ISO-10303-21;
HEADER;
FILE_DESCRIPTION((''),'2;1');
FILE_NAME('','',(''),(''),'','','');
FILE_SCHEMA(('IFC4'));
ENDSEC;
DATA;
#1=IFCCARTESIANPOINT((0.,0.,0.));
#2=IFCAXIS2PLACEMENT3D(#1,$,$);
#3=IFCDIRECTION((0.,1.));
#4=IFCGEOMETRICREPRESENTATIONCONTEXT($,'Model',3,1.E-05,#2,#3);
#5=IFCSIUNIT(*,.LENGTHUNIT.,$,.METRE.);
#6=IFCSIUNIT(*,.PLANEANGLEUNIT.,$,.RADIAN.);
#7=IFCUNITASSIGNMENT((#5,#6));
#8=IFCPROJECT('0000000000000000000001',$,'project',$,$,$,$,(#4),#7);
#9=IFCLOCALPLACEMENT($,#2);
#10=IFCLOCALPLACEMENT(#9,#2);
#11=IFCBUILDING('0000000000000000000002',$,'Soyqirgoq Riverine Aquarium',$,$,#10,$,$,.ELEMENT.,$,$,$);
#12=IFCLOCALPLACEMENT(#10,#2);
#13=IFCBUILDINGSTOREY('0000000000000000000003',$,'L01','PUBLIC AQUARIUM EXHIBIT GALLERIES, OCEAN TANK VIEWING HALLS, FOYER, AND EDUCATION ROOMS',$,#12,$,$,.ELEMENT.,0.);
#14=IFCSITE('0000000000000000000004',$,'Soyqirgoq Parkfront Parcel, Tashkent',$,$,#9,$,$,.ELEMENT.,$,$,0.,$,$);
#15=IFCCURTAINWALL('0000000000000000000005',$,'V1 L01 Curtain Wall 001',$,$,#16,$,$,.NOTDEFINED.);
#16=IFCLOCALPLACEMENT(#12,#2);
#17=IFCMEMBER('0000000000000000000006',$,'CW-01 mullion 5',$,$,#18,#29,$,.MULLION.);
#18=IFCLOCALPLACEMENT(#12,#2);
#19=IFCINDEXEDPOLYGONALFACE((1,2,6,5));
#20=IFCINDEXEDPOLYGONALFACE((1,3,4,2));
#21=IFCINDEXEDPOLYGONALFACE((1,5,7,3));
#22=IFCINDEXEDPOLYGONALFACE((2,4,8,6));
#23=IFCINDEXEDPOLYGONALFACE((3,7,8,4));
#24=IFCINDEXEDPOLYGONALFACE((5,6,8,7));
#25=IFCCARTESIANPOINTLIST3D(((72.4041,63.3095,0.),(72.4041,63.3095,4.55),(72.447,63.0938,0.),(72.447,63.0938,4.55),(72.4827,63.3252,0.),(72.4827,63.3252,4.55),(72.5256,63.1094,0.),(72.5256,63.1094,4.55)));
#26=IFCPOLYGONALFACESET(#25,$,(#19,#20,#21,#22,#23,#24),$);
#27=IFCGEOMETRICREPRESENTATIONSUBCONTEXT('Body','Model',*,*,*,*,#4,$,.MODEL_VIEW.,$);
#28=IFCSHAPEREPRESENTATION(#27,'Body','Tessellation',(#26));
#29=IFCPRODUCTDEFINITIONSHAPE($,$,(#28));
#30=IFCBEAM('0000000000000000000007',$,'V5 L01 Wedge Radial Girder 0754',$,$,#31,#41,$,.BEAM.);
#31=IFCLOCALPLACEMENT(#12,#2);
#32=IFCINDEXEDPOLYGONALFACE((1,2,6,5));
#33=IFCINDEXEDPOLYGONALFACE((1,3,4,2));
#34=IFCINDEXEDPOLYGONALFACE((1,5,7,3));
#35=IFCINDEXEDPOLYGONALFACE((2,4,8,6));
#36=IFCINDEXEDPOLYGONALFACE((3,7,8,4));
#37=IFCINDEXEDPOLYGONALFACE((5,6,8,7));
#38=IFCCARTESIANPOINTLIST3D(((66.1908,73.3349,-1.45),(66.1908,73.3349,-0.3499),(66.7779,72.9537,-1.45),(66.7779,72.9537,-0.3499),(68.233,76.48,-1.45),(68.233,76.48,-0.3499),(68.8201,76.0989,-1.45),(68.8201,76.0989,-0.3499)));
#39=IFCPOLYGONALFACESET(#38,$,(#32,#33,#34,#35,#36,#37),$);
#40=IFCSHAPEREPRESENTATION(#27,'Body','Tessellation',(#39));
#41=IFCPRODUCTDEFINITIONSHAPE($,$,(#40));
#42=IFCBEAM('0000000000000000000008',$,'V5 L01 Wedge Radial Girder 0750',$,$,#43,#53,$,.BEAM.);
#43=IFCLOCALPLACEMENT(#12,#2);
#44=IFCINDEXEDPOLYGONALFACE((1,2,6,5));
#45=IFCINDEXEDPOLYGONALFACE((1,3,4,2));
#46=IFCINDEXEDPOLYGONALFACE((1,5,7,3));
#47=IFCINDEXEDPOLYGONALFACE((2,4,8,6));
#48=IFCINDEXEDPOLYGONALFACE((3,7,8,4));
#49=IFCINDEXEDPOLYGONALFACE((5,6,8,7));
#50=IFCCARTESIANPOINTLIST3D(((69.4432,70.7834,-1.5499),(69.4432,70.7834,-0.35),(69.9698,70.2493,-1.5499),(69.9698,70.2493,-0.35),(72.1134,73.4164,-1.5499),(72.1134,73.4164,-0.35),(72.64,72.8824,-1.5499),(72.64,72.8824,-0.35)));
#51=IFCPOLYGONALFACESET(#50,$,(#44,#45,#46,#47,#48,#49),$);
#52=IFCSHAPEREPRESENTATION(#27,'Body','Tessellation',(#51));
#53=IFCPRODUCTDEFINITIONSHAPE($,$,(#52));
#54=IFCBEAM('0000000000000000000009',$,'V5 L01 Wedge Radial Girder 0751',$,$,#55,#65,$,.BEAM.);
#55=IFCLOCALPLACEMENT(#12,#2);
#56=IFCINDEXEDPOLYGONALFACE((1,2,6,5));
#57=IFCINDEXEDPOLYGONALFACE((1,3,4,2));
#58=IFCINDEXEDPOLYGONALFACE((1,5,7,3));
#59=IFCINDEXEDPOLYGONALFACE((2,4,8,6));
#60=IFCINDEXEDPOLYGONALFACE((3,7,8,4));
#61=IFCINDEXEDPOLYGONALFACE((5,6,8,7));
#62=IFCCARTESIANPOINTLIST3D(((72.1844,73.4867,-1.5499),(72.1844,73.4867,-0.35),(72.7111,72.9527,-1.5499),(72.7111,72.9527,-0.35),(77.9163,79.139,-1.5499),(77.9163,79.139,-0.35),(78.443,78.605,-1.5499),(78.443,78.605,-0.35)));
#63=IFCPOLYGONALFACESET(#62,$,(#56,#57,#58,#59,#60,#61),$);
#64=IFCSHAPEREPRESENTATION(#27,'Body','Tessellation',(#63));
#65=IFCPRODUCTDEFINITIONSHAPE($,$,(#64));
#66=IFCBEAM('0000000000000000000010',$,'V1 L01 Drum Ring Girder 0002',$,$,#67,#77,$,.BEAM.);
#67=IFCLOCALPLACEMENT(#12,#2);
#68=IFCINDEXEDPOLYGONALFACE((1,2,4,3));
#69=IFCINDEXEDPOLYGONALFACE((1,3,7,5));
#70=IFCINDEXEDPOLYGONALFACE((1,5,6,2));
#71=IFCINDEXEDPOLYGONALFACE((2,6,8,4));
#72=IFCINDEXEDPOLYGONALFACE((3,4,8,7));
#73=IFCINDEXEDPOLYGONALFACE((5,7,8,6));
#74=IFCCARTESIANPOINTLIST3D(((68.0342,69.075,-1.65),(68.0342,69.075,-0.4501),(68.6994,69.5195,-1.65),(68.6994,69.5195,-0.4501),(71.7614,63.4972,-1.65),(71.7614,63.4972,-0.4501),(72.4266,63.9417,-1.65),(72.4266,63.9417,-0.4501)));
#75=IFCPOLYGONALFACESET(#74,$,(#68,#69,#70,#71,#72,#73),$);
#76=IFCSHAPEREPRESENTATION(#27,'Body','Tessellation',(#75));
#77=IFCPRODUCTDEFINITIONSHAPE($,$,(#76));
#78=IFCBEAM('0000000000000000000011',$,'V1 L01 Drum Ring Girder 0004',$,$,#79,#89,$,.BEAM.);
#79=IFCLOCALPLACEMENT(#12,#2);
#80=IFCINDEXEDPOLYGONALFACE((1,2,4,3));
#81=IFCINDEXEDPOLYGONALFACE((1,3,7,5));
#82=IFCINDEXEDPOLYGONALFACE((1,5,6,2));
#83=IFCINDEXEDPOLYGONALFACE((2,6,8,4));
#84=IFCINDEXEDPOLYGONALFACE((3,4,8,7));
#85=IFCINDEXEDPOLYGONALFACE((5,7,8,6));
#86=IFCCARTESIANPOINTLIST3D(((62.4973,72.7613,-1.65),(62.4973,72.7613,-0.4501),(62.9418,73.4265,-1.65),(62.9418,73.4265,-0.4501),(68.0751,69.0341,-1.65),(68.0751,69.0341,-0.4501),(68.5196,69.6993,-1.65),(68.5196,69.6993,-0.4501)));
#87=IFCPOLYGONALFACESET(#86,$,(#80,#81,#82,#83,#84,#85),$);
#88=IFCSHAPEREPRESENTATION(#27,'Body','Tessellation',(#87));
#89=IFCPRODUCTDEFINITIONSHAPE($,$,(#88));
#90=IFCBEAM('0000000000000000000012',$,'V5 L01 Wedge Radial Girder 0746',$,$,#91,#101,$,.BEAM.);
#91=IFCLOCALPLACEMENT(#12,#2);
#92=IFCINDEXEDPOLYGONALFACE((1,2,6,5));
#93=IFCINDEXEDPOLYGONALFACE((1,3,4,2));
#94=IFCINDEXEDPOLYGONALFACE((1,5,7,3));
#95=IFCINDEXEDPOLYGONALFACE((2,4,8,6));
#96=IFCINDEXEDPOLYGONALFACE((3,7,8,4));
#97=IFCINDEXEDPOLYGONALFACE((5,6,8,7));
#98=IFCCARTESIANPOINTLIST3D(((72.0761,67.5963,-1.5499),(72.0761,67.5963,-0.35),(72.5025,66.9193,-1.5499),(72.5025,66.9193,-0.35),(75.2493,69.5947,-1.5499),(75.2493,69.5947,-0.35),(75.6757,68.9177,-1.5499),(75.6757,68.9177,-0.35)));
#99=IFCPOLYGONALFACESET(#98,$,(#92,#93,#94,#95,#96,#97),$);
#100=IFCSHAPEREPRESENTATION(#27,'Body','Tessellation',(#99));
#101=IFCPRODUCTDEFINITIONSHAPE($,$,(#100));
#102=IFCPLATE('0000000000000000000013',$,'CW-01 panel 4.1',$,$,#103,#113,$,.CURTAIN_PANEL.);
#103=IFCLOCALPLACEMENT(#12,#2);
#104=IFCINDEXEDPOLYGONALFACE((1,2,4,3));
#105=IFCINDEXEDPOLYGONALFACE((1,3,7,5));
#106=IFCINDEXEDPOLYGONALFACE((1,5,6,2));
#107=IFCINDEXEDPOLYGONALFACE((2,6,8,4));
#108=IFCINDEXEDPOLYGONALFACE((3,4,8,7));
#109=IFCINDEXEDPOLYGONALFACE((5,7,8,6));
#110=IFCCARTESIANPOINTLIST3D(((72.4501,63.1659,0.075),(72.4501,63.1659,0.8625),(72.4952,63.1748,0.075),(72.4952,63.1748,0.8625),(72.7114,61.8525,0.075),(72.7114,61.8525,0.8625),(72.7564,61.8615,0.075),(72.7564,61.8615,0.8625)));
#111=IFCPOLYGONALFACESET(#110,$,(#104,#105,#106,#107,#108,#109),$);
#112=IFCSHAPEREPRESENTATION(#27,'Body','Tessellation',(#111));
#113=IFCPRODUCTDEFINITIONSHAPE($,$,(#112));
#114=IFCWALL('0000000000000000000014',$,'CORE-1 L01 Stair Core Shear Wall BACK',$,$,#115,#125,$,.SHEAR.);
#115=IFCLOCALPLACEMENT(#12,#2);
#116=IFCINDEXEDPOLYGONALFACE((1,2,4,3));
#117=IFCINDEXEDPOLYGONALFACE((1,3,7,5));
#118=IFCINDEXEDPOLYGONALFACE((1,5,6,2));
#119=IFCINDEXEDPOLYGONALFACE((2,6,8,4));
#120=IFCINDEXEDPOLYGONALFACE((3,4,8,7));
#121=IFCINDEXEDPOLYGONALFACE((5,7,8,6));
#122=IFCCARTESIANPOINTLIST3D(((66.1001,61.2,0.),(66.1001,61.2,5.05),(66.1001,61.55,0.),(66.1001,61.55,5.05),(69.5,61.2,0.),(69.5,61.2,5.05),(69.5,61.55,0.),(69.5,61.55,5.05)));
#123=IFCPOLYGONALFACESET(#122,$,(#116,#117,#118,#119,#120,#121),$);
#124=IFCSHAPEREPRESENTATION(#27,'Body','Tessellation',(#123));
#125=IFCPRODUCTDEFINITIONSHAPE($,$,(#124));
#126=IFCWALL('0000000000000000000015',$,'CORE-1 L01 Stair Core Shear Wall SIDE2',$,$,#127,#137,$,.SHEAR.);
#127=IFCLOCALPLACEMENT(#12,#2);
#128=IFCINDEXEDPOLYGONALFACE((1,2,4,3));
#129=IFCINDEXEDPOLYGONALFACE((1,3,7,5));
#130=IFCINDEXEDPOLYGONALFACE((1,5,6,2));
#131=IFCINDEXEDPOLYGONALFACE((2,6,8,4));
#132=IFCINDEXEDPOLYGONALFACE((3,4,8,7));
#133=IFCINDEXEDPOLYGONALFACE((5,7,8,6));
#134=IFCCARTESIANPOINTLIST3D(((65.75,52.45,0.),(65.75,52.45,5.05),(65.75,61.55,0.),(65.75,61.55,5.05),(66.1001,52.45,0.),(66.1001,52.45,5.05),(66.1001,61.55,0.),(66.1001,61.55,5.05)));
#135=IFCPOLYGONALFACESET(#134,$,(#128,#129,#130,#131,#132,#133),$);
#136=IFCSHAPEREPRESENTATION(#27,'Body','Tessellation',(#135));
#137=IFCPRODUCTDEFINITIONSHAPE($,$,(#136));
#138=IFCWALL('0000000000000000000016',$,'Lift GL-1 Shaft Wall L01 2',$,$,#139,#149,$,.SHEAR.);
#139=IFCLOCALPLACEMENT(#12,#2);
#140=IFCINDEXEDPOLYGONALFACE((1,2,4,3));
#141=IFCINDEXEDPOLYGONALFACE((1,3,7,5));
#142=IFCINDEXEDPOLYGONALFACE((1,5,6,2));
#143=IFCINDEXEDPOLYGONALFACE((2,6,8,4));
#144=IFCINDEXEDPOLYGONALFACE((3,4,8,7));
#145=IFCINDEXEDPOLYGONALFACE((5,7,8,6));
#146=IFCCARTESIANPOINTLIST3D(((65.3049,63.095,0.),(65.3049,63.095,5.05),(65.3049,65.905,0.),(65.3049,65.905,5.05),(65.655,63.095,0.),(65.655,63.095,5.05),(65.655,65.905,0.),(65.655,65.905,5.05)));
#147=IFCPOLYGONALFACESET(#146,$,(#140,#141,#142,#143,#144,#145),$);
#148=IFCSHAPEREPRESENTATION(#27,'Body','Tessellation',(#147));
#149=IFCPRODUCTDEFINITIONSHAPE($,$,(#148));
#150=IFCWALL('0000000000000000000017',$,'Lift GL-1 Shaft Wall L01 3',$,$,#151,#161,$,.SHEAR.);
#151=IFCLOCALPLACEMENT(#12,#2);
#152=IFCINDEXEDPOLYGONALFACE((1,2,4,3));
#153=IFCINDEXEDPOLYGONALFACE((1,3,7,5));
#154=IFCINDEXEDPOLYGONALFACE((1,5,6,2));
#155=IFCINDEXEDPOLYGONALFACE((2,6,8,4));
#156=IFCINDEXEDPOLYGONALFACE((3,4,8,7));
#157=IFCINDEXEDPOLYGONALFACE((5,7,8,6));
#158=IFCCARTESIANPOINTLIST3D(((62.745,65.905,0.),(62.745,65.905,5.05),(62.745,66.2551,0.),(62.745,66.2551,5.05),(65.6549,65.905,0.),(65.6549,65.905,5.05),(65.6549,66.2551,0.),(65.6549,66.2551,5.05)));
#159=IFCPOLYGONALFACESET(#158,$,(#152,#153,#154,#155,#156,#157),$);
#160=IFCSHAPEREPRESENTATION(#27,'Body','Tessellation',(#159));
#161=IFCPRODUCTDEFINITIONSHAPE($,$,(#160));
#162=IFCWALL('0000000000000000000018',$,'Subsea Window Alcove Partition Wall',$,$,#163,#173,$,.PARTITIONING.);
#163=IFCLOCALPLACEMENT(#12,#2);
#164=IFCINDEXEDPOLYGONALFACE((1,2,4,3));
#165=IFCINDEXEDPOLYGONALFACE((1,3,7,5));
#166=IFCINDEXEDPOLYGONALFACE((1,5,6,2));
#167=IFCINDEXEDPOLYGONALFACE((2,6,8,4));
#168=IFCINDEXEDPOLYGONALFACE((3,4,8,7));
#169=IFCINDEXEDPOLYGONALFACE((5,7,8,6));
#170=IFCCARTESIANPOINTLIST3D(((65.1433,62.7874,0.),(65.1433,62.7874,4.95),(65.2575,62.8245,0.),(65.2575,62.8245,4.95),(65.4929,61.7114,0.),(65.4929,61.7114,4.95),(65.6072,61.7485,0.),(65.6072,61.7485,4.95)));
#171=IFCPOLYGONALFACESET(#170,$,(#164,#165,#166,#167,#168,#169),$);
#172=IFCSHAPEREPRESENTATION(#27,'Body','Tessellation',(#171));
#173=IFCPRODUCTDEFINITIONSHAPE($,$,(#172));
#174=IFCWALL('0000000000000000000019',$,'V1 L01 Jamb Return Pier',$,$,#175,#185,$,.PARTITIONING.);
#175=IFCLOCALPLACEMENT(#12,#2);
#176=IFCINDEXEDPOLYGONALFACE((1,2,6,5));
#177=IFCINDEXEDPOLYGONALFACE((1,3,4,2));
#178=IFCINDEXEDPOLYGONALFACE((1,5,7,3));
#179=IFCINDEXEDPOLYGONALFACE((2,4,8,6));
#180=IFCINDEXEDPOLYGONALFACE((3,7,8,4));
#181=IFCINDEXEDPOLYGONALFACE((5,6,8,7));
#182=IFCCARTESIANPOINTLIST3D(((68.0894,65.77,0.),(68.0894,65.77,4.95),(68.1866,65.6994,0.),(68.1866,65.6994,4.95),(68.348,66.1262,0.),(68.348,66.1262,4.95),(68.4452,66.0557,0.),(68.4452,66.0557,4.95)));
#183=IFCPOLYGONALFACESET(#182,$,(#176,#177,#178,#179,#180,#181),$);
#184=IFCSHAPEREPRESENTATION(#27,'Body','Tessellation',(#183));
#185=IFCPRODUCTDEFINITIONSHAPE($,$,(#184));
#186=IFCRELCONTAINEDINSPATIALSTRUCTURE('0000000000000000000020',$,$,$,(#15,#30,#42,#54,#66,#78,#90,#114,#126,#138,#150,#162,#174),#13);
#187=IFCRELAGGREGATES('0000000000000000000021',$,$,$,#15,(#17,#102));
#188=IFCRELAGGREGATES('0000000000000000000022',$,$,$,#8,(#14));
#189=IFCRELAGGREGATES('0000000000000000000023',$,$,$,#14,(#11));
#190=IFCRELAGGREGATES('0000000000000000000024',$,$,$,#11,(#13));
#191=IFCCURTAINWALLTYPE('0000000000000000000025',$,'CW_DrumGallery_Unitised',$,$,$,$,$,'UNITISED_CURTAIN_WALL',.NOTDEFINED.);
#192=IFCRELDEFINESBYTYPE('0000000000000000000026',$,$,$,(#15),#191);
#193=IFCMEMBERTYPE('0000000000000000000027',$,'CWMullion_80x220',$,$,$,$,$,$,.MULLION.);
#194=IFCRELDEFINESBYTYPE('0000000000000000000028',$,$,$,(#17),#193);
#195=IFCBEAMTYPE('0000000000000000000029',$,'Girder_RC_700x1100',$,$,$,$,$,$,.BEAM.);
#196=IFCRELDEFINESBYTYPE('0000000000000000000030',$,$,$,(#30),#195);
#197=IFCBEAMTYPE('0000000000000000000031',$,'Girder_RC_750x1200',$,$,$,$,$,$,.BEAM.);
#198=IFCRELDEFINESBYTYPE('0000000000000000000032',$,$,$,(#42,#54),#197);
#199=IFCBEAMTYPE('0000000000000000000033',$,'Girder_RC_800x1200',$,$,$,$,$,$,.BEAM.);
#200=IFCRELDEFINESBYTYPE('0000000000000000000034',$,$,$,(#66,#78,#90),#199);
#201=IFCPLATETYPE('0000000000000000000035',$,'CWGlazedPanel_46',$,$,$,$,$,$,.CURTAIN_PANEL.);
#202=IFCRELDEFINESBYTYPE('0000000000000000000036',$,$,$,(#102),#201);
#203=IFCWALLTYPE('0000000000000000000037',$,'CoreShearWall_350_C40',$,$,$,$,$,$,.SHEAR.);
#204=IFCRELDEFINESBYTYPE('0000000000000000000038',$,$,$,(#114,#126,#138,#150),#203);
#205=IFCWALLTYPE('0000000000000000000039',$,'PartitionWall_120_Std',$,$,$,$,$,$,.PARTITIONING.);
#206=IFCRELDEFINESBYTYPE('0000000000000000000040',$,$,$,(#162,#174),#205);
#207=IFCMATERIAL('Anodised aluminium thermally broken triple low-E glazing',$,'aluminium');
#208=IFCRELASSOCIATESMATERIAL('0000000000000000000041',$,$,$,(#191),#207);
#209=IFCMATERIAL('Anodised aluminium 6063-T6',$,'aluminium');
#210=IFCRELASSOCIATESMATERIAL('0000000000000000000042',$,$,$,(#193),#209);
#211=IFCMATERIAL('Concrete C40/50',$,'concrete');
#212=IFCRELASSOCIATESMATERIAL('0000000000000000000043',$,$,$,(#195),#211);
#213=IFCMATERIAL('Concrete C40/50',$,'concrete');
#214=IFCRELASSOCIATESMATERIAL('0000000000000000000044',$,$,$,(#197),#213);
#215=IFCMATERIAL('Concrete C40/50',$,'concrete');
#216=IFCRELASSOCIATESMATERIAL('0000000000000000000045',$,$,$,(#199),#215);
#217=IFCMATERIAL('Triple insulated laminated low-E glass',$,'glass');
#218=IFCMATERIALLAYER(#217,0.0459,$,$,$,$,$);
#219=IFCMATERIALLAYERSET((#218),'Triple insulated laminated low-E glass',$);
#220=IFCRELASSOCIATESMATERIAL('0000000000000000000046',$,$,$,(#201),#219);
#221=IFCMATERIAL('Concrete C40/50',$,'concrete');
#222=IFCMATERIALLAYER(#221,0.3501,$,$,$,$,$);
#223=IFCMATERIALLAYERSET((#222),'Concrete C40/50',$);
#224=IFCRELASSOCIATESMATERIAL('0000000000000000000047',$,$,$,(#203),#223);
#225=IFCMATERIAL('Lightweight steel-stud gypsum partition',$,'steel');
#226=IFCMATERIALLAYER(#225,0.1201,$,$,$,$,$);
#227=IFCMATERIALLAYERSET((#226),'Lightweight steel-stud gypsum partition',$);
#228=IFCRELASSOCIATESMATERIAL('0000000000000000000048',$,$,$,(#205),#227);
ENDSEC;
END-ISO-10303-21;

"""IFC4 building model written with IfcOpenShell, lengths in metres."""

from ifc_helpers import new_model, si_unit, direction, frame, frame_2d, origin, origin_2d, place, context, subcontext, project, spatial, rectangle, extrude, material, layer, layer_set, material_profile, profile_set, type_object, element, aggregate, save


model = new_model("IFC4")

# Units and contexts
model_context = context("Model", 3, precision=1e-05, world=origin(), true_north=direction((0.0, 1.0)))
body_context = subcontext(model_context, "Body", "Model", "MODEL_VIEW")
ifc_project = project(units=[si_unit("LENGTHUNIT", "METRE"), si_unit("PLANEANGLEUNIT", "RADIAN")], contexts=[model_context])

# Site, building, storey
site_placement = place(None, origin())
site = spatial("IfcSite", under=ifc_project, at=site_placement, Name="Soyqirgoq Parkfront Parcel, Tashkent", CompositionType="ELEMENT", RefElevation=0.0)
building_placement = place(site_placement, origin())
building = spatial("IfcBuilding", under=site, at=building_placement, Name="Soyqirgoq Riverine Aquarium", CompositionType="ELEMENT")
storey_placement = place(building_placement, origin())
storey = spatial("IfcBuildingStorey", under=building, at=storey_placement, Name="L01", Description="PUBLIC AQUARIUM EXHIBIT GALLERIES, OCEAN TANK VIEWING HALLS, FOYER, AND EDUCATION ROOMS", CompositionType="ELEMENT", Elevation=0.0)

# Curtain wall, member
ifc_material_1 = material(Name="Anodised aluminium thermally broken triple low-E glazing", Category="aluminium")
curtain_wall_type = type_object("IfcCurtainWallType", Name="CW_DrumGallery_Unitised", ElementType="UNITISED_CURTAIN_WALL", PredefinedType="NOTDEFINED", material=ifc_material_1)
curtain_wall_placement = place(storey_placement, origin())
curtain_wall = element("IfcCurtainWall", 1, at=curtain_wall_placement, inside=storey, type_object=curtain_wall_type, Name="V1 L01 Curtain Wall 001", PredefinedType="NOTDEFINED")
ifc_material_2 = material(Name="Anodised aluminium 6063-T6", Category="aluminium")
ifc_material_profile_1 = material_profile(ifc_material_2, rectangle(XDim=0.0801, YDim=0.22, at=origin_2d()), Name="ALU-M 80x220")
ifc_profile_set_1 = profile_set([ifc_material_profile_1], Name="Anodised aluminium 6063-T6")
member_type = type_object("IfcMemberType", Name="CWMullion_80x220", PredefinedType="MULLION", material=ifc_profile_set_1)
member_placement = place(storey_placement, frame((72.4648, 63.2095, 0.0), z_axis=(0.0, 0.0, 1.0), x_axis=(-0.980788, -0.195075, 0.0)))
member = element("IfcMember", 2, at=member_placement, type_object=member_type, Name="CW-01 mullion 5", PredefinedType="MULLION", context=body_context, shape_type="SweptSolid", body=[
    extrude(rectangle(XDim=0.0801, YDim=0.22, at=origin_2d()), origin(), (0.0, 0.0, 1.0), 4.55),
])

# Beams
ifc_material_3 = material(Name="Concrete C40/50", Category="concrete")
ifc_material_profile_2 = material_profile(ifc_material_3, rectangle(XDim=0.7, YDim=1.1001, at=origin_2d()), Name="RC 700x1100")
ifc_profile_set_2 = profile_set([ifc_material_profile_2], Name="Concrete C40/50")
beam_type_1 = type_object("IfcBeamType", Name="Girder_RC_700x1100", PredefinedType="BEAM", material=ifc_profile_set_2)
beam_1_placement = place(storey_placement, frame((66.4844, 73.1443, -0.8999), z_axis=(0.544579, 0.83871, 0.0), x_axis=(-0.83871, 0.544579, 0.0)))
element("IfcBeam", 3, at=beam_1_placement, inside=storey, type_object=beam_type_1, Name="V5 L01 Wedge Radial Girder 0754", PredefinedType="BEAM", context=body_context, shape_type="SweptSolid", body=[
    extrude(rectangle(XDim=0.7, YDim=1.1001, at=origin_2d()), origin(), (0.0, 0.0, 1.0), 3.75),
])
ifc_material_4 = material(Name="Concrete C40/50", Category="concrete")
ifc_material_profile_3 = material_profile(ifc_material_4, rectangle(XDim=0.75, YDim=1.2, at=origin_2d()), Name="RC 750x1200")
ifc_profile_set_3 = profile_set([ifc_material_profile_3], Name="Concrete C40/50")
beam_type_2 = type_object("IfcBeamType", Name="Girder_RC_750x1200", PredefinedType="BEAM", material=ifc_profile_set_3)
beam_2_placement = place(storey_placement, frame((69.7065, 70.5164, -0.95), z_axis=(0.712037, 0.702142, 0.0), x_axis=(-0.702142, 0.712037, 0.0)))
element("IfcBeam", 4, at=beam_2_placement, inside=storey, type_object=beam_type_2, Name="V5 L01 Wedge Radial Girder 0750", PredefinedType="BEAM", context=body_context, shape_type="SweptSolid", body=[
    extrude(rectangle(XDim=0.75, YDim=1.2, at=origin_2d()), origin(), (0.0, 0.0, 1.0), 3.75),
])
beam_3_placement = place(storey_placement, frame((72.4478, 73.2197, -0.95), z_axis=(0.712033, 0.702146, 0.0), x_axis=(-0.702146, 0.712033, 0.0)))
element("IfcBeam", 5, at=beam_3_placement, inside=storey, type_object=beam_type_2, Name="V5 L01 Wedge Radial Girder 0751", PredefinedType="BEAM", context=body_context, shape_type="SweptSolid", body=[
    extrude(rectangle(XDim=0.75, YDim=1.2, at=origin_2d()), origin(), (0.0, 0.0, 1.0), 8.05),
])
ifc_material_5 = material(Name="Concrete C40/50", Category="concrete")
ifc_material_profile_4 = material_profile(ifc_material_5, rectangle(XDim=0.8, YDim=1.2, at=origin_2d()), Name="RC 800x1200")
ifc_profile_set_4 = profile_set([ifc_material_profile_4], Name="Concrete C40/50")
beam_type_3 = type_object("IfcBeamType", Name="Girder_RC_800x1200", PredefinedType="BEAM", material=ifc_profile_set_4)
for number, where, z_axis, x_axis, name in (
    (6, (72.094, 63.7195, -1.05), (-0.555598, 0.831451, 0.0), (-0.831451, -0.555598, 0.0), "V1 L01 Drum Ring Girder 0002"),
    (7, (68.2974, 69.3667, -1.05), (-0.831451, 0.555598, 0.0), (-0.555598, -0.831451, 0.0), "V1 L01 Drum Ring Girder 0004"),
):
    element("IfcBeam", number, at=place(storey_placement, frame(where, z_axis=z_axis, x_axis=x_axis)), inside=storey, type_object=beam_type_3, Name=name, PredefinedType="BEAM", context=body_context, shape_type="SweptSolid", body=[
        extrude(rectangle(XDim=0.8, YDim=1.2, at=origin_2d()), origin(), (0.0, 0.0, 1.0), 6.7085),
    ])
beam_4_placement = place(storey_placement, frame((72.2893, 67.2578, -0.95), z_axis=(0.846183, 0.532893, 0.0), x_axis=(-0.532893, 0.846183, 0.0)))
element("IfcBeam", 8, at=beam_4_placement, inside=storey, type_object=beam_type_3, Name="V5 L01 Wedge Radial Girder 0746", PredefinedType="BEAM", context=body_context, shape_type="SweptSolid", body=[
    extrude(rectangle(XDim=0.8, YDim=1.2, at=origin_2d()), origin(), (0.0, 0.0, 1.0), 3.75),
])

# Plate
ifc_material_6 = material(Name="Triple insulated laminated low-E glass", Category="glass")
ifc_layer_1 = layer(ifc_material_6, 0.0459)
ifc_layer_set_1 = layer_set([ifc_layer_1], Name="Triple insulated laminated low-E glass")
plate_type = type_object("IfcPlateType", Name="CWGlazedPanel_46", PredefinedType="CURTAIN_PANEL", material=ifc_layer_set_1)
plate_placement = place(storey_placement, frame((72.6033, 62.5137, 0.075), z_axis=(0.0, 0.0, 1.0), x_axis=(-0.195075, 0.980788, 0.0)))
plate = element("IfcPlate", 9, at=plate_placement, type_object=plate_type, Name="CW-01 panel 4.1", PredefinedType="CURTAIN_PANEL", context=body_context, shape_type="SweptSolid", body=[
    extrude(rectangle(XDim=1.3391, YDim=0.0459, at=origin_2d()), origin(), (0.0, 0.0, 1.0), 0.7876),
])
aggregate(curtain_wall, [member, plate])

# Walls
ifc_material_7 = material(Name="Concrete C40/50", Category="concrete")
ifc_layer_2 = layer(ifc_material_7, 0.3501)
ifc_layer_set_2 = layer_set([ifc_layer_2], Name="Concrete C40/50")
wall_type_1 = type_object("IfcWallType", Name="CoreShearWall_350_C40", PredefinedType="SHEAR", material=ifc_layer_set_2)
wall_1_placement = place(storey_placement, frame((69.5, 61.375, 0.0), z_axis=(0.0, 0.0, 1.0), x_axis=(-1.0, 0.0, 0.0)))
element("IfcWall", 10, at=wall_1_placement, inside=storey, type_object=wall_type_1, Name="CORE-1 L01 Stair Core Shear Wall BACK", PredefinedType="SHEAR", context=body_context, shape_type="SweptSolid", body=[
    extrude(rectangle(XDim=3.3999, YDim=0.3501, at=frame_2d((1.7, 0.0))), origin(), (0.0, 0.0, 1.0), 5.05),
])
wall_2_placement = place(storey_placement, frame((65.925, 61.55, 0.0), z_axis=(0.0, 0.0, 1.0), x_axis=(0.0, -1.0, 0.0)))
element("IfcWall", 11, at=wall_2_placement, inside=storey, type_object=wall_type_1, Name="CORE-1 L01 Stair Core Shear Wall SIDE2", PredefinedType="SHEAR", context=body_context, shape_type="SweptSolid", body=[
    extrude(rectangle(XDim=9.1001, YDim=0.3501, at=frame_2d((4.55, 0.0))), origin(), (0.0, 0.0, 1.0), 5.05),
])
wall_3_placement = place(storey_placement, frame((65.48, 63.095, 0.0), z_axis=(0.0, 0.0, 1.0), x_axis=(0.0, 1.0, 0.0)))
element("IfcWall", 12, at=wall_3_placement, inside=storey, type_object=wall_type_1, Name="Lift GL-1 Shaft Wall L01 2", PredefinedType="SHEAR", context=body_context, shape_type="SweptSolid", body=[
    extrude(rectangle(XDim=2.8101, YDim=0.3501, at=frame_2d((1.405, 0.0))), origin(), (0.0, 0.0, 1.0), 5.05),
])
wall_4_placement = place(storey_placement, frame((65.655, 66.0801, 0.0), z_axis=(0.0, 0.0, 1.0), x_axis=(-1.0, 0.0, 0.0)))
element("IfcWall", 13, at=wall_4_placement, inside=storey, type_object=wall_type_1, Name="Lift GL-1 Shaft Wall L01 3", PredefinedType="SHEAR", context=body_context, shape_type="SweptSolid", body=[
    extrude(rectangle(XDim=2.9099, YDim=0.3501, at=frame_2d((1.4551, 0.0))), origin(), (0.0, 0.0, 1.0), 5.05),
])
ifc_material_8 = material(Name="Lightweight steel-stud gypsum partition", Category="steel")
ifc_layer_3 = layer(ifc_material_8, 0.1201)
ifc_layer_set_3 = layer_set([ifc_layer_3], Name="Lightweight steel-stud gypsum partition")
wall_type_2 = type_object("IfcWallType", Name="PartitionWall_120_Std", PredefinedType="PARTITIONING", material=ifc_layer_set_3)
wall_5_placement = place(storey_placement, frame((65.55, 61.73, 0.0), z_axis=(0.0, 0.0, 1.0), x_axis=(-0.309032, 0.951052, 0.0)))
element("IfcWall", 14, at=wall_5_placement, inside=storey, type_object=wall_type_2, Name="Subsea Window Alcove Partition Wall", PredefinedType="PARTITIONING", context=body_context, shape_type="SweptSolid", body=[
    extrude(rectangle(XDim=1.1313, YDim=0.1201, at=frame_2d((0.5657, 0.0))), origin(), (0.0, 0.0, 1.0), 4.95),
])
wall_6_placement = place(storey_placement, frame((68.1379, 65.7346, 0.0), z_axis=(0.0, 0.0, 1.0), x_axis=(0.587413, 0.809287, 0.0)))
element("IfcWall", 15, at=wall_6_placement, inside=storey, type_object=wall_type_2, Name="V1 L01 Jamb Return Pier", PredefinedType="PARTITIONING", context=body_context, shape_type="SweptSolid", body=[
    extrude(rectangle(XDim=0.4402, YDim=0.1201, at=frame_2d((0.2202, 0.0))), origin(), (0.0, 0.0, 1.0), 4.95),
])

save(model, "model.ifc")
